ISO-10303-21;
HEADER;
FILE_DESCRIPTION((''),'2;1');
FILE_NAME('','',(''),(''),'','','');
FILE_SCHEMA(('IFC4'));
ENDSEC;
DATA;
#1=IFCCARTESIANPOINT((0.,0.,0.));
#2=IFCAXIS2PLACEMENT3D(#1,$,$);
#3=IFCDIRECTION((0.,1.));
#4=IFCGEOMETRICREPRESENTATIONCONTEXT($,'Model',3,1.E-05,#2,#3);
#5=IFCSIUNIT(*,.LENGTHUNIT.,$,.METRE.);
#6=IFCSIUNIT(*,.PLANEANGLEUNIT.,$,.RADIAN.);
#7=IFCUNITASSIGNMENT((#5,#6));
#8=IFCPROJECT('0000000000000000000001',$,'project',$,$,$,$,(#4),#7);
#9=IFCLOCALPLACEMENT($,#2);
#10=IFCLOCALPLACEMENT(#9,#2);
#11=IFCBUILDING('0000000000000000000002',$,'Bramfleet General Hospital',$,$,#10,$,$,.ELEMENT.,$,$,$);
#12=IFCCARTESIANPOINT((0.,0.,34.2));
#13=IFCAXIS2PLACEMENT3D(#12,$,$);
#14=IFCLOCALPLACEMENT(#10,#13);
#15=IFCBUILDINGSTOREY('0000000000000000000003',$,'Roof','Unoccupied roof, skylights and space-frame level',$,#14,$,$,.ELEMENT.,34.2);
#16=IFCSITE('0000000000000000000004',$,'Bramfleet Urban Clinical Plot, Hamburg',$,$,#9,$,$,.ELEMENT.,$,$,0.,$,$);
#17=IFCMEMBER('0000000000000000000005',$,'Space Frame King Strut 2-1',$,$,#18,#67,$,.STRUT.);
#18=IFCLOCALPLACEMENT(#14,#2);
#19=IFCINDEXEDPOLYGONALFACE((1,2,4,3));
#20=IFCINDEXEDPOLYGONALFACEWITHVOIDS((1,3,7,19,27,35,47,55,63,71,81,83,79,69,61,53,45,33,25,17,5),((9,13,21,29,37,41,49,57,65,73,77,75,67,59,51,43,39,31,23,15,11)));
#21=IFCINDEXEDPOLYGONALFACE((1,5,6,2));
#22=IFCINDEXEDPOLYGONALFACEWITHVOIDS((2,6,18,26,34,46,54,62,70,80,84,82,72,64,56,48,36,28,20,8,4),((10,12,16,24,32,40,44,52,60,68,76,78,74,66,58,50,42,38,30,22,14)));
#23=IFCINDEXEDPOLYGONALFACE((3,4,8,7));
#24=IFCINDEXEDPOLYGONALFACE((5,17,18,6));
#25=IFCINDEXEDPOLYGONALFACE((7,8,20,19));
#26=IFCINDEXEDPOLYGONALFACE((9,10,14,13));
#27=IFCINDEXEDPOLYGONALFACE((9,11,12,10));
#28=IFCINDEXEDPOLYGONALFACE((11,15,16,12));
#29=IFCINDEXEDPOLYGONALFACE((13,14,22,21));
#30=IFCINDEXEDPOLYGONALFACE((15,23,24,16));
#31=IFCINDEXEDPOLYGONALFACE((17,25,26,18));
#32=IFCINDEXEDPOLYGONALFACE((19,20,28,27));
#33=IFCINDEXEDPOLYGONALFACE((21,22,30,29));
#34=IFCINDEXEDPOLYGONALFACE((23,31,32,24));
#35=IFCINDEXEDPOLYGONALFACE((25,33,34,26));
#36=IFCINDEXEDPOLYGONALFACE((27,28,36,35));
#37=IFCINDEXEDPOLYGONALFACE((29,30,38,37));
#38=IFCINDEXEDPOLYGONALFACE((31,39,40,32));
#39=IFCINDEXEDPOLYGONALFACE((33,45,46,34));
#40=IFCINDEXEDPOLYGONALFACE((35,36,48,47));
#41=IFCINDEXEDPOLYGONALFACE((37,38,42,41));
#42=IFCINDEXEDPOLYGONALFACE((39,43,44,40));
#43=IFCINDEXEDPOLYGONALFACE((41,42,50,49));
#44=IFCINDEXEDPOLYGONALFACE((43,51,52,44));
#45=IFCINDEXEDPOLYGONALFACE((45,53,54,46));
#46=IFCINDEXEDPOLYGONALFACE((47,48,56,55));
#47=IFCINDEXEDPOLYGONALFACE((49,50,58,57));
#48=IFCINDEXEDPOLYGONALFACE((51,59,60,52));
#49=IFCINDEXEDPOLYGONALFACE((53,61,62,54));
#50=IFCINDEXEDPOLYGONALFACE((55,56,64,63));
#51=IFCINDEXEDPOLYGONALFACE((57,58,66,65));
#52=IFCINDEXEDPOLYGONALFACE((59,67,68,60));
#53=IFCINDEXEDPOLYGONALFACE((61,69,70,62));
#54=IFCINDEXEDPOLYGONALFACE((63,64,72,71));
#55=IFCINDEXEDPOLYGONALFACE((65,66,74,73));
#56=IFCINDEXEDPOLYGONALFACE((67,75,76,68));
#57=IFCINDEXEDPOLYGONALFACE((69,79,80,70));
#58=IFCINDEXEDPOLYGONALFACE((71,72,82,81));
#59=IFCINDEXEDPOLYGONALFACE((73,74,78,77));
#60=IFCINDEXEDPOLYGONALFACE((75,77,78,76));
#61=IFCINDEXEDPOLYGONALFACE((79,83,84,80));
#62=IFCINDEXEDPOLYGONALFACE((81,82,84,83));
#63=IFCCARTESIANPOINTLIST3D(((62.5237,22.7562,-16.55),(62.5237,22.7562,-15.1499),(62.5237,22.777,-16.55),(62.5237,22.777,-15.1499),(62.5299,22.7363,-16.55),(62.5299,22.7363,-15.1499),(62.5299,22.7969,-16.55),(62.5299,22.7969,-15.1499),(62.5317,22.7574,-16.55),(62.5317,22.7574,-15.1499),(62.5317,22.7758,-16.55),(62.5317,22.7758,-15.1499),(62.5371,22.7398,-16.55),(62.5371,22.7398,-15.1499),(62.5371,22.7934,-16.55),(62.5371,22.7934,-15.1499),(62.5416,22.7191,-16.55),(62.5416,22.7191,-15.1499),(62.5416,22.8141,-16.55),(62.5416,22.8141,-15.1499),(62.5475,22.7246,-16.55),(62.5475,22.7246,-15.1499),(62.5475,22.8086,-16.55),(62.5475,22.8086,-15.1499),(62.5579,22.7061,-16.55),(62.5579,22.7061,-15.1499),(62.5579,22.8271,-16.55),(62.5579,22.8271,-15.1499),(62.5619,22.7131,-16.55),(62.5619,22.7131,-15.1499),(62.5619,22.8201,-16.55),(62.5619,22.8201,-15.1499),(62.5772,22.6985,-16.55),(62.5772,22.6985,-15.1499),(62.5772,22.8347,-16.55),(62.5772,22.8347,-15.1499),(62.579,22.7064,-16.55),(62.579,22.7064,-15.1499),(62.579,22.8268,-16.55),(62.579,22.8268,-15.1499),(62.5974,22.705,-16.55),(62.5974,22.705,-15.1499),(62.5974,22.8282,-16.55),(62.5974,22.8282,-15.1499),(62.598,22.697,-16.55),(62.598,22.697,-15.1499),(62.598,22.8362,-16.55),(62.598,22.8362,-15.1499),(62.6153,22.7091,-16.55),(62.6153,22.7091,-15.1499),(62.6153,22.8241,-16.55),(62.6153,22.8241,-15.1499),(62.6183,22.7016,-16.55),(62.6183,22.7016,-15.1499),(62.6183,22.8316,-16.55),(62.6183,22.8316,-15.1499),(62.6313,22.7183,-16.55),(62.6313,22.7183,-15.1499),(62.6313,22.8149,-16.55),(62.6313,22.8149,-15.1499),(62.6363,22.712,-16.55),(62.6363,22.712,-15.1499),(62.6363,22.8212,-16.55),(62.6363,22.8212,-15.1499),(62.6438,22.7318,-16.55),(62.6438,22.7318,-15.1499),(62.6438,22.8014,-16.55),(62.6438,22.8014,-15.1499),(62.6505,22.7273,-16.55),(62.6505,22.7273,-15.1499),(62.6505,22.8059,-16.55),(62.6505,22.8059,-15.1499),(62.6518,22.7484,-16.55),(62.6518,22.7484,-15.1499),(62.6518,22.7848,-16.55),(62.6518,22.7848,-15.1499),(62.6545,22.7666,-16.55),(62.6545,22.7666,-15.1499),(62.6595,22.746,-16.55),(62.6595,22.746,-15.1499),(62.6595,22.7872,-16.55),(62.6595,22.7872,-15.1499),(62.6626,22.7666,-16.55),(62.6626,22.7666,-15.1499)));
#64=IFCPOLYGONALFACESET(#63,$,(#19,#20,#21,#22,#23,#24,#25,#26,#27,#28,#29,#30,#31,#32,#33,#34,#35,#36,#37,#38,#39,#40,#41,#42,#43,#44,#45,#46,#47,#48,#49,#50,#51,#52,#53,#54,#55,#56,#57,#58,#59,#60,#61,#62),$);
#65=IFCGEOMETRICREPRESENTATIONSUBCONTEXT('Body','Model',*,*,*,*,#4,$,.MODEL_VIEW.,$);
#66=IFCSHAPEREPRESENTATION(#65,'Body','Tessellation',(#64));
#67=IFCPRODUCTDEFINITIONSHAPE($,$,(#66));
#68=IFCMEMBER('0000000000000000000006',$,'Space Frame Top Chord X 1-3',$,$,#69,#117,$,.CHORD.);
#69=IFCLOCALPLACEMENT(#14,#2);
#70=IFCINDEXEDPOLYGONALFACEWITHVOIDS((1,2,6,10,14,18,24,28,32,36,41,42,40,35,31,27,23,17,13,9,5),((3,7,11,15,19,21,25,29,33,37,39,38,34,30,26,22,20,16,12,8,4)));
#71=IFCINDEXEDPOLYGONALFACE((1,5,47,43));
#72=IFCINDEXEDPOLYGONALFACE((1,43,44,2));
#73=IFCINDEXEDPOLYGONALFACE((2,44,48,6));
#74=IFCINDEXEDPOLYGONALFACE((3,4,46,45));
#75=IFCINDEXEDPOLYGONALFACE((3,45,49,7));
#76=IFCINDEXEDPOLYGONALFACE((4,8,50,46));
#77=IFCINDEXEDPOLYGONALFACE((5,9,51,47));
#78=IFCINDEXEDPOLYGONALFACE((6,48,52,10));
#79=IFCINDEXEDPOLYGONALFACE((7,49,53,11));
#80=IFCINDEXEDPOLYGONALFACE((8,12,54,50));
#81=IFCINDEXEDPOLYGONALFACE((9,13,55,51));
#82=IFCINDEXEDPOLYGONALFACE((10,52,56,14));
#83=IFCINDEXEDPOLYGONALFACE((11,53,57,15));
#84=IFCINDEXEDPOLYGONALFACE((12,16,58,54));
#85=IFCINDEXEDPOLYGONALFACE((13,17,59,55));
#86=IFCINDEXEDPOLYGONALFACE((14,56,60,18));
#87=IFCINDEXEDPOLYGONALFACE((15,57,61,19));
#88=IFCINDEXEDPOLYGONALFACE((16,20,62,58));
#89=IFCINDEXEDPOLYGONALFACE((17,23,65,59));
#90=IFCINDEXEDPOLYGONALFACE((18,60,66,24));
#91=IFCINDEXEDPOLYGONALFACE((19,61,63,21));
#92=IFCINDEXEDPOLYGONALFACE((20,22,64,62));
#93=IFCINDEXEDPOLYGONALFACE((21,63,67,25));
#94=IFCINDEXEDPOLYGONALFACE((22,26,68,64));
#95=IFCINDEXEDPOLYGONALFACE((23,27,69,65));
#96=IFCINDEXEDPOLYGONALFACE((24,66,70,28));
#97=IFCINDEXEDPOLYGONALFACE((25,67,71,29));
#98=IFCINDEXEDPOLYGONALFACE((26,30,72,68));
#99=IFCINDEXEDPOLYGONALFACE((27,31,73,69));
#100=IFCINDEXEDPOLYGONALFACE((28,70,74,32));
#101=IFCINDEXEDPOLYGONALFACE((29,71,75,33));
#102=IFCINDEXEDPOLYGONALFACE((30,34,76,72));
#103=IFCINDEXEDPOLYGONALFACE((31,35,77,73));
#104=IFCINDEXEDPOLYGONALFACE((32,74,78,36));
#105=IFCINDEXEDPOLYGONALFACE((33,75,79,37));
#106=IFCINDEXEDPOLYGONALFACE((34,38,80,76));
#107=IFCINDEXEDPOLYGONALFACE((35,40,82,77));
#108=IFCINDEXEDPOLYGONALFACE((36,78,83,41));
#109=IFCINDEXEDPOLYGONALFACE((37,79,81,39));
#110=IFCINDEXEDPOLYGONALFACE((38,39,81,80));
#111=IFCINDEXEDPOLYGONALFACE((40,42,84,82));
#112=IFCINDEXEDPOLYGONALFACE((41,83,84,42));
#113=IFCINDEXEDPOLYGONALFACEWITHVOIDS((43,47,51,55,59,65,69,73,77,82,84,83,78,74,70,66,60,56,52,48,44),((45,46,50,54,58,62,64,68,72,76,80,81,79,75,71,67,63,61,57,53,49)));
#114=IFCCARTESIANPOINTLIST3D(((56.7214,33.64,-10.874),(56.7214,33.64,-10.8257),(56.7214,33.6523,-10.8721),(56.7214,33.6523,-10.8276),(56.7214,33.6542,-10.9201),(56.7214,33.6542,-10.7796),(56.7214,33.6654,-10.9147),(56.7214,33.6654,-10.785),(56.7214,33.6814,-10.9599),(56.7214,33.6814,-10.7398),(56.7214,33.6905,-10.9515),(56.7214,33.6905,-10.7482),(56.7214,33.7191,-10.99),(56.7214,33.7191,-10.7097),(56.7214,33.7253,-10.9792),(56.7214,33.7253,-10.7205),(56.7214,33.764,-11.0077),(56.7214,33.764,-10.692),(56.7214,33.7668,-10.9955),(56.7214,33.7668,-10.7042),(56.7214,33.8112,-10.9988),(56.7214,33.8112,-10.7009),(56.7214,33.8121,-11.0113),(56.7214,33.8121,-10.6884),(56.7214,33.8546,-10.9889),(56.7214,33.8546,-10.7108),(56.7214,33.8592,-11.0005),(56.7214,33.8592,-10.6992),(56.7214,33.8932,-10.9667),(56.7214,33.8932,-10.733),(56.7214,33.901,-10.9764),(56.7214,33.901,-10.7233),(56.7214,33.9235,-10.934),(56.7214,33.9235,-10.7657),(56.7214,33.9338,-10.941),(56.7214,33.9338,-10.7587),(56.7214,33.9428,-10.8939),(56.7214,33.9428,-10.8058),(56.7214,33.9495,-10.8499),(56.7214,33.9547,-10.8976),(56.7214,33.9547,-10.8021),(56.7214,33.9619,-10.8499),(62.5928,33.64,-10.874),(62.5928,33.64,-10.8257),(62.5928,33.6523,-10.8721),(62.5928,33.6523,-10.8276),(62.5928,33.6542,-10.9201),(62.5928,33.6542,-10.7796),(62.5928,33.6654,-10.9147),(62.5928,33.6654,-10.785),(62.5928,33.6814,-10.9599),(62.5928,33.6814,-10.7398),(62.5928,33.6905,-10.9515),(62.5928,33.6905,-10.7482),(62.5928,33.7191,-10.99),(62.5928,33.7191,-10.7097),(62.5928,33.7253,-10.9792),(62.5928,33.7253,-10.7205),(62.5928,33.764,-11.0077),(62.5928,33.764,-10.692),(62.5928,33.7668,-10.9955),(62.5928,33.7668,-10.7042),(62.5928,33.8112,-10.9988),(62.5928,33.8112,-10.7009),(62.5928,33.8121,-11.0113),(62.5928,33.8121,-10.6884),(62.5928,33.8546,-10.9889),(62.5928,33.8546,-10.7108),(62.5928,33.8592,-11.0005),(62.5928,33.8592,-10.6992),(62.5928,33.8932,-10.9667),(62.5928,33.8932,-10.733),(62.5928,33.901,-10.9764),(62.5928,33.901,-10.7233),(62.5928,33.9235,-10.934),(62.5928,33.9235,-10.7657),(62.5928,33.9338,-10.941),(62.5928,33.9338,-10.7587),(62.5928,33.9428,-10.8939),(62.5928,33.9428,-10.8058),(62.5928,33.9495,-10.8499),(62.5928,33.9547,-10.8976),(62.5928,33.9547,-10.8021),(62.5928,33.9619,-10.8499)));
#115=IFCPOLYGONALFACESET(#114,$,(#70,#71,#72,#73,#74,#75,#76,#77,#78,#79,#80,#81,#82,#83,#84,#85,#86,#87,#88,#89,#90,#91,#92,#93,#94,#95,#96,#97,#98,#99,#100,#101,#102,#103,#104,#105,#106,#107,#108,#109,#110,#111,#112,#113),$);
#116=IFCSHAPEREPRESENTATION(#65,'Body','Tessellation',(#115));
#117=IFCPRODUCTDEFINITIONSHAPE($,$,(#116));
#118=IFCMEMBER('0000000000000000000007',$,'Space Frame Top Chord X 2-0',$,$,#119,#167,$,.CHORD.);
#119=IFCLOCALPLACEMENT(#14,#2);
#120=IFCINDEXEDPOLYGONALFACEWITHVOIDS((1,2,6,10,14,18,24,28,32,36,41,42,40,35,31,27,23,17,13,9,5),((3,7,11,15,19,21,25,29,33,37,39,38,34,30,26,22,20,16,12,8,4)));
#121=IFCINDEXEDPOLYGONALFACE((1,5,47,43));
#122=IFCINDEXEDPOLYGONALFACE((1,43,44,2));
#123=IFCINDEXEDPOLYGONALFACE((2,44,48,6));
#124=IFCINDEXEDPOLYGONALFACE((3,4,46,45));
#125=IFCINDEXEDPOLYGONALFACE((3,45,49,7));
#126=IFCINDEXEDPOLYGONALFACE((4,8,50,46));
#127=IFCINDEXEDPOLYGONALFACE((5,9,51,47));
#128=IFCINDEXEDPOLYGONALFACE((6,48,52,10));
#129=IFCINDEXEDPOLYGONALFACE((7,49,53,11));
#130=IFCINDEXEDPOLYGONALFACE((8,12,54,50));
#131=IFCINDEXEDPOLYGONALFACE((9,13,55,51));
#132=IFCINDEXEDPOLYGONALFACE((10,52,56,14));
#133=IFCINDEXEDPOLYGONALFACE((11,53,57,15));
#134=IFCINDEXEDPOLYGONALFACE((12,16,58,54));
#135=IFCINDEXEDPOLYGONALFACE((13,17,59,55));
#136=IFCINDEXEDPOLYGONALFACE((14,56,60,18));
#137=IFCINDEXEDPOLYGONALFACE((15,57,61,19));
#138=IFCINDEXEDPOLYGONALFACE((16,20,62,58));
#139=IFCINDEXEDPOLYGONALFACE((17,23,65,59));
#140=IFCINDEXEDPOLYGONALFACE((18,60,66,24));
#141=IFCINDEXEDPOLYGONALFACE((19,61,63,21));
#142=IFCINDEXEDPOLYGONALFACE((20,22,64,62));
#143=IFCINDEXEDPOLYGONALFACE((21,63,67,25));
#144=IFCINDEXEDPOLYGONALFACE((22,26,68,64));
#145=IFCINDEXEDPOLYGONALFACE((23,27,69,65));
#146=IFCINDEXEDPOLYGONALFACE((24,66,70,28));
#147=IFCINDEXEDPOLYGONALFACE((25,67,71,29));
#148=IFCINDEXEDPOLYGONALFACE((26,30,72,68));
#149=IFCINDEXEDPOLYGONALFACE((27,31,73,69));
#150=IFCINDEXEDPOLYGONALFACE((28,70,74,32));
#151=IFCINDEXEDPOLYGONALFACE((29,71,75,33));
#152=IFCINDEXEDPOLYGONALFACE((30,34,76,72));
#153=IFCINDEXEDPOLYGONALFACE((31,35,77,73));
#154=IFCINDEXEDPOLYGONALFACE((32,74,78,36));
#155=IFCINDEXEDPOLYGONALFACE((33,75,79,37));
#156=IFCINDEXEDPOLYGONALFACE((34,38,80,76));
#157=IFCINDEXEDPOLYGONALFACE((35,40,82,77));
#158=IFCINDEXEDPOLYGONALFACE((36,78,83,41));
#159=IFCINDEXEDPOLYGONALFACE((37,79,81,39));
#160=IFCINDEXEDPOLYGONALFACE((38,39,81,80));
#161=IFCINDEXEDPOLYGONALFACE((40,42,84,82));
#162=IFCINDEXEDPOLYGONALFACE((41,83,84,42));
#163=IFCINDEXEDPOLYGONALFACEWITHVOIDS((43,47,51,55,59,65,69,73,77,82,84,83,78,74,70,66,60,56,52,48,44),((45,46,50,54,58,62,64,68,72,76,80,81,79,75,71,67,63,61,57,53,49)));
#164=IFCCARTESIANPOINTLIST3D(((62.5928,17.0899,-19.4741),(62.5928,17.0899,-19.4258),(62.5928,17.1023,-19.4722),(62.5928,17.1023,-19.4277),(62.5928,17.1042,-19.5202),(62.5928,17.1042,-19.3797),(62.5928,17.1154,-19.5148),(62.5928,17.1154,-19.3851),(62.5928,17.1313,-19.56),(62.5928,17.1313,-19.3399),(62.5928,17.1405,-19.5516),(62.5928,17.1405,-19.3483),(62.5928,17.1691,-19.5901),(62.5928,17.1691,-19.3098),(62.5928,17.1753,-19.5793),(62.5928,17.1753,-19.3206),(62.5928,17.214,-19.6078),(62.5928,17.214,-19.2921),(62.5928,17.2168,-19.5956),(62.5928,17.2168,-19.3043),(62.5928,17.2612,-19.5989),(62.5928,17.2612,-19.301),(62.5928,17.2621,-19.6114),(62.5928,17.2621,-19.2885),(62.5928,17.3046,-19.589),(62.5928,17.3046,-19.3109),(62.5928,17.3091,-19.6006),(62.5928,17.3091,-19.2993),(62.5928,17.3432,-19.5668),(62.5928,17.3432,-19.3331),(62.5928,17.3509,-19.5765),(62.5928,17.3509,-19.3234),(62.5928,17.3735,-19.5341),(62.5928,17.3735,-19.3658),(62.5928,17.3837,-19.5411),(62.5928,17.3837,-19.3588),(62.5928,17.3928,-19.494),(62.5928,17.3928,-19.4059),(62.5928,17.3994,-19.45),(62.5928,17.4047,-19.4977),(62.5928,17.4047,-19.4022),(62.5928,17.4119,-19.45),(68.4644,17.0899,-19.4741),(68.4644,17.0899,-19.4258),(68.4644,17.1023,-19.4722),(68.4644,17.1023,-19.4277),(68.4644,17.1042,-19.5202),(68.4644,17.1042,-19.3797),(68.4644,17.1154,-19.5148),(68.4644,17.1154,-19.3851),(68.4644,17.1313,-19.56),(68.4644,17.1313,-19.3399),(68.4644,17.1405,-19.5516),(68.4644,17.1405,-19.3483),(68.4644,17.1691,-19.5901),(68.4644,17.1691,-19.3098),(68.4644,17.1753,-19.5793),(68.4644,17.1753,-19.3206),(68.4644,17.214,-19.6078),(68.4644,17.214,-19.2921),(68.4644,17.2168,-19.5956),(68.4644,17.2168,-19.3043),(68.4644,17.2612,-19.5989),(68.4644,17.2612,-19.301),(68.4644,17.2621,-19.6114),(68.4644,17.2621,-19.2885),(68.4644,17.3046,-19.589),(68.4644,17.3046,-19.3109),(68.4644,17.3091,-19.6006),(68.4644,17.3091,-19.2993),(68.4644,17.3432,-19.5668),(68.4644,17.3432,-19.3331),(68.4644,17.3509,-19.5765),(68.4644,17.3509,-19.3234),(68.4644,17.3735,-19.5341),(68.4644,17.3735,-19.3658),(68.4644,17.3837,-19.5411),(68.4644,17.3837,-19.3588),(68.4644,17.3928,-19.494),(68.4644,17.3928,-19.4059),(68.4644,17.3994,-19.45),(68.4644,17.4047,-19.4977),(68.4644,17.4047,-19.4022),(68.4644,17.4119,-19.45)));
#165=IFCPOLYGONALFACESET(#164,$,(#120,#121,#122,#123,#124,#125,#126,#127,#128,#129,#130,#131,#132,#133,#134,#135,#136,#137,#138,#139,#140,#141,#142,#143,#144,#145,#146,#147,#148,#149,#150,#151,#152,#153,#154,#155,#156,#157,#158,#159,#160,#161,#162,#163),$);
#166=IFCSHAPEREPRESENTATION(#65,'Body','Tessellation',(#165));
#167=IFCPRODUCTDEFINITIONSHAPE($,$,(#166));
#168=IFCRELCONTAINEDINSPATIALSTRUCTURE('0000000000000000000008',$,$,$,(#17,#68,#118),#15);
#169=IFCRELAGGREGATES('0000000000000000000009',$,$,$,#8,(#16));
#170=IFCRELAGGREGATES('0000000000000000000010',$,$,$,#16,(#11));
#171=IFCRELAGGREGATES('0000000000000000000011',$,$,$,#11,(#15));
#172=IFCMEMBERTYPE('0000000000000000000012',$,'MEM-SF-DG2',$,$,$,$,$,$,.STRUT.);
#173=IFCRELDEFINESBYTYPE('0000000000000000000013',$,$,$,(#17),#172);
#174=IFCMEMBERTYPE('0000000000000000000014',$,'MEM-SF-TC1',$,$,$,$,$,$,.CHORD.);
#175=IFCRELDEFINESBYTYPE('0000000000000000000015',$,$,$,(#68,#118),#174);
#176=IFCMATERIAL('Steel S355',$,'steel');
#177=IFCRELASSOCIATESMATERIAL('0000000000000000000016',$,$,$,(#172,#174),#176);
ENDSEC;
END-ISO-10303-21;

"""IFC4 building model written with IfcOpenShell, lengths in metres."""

from ifc_helpers import new_model, si_unit, direction, frame, origin, origin_2d, place, context, subcontext, project, spatial, hollow_circle, extrude, material, material_profile, profile_set, type_object, element, save


model = new_model("IFC4")

# Units and contexts
model_context = context("Model", 3, precision=1e-05, world=origin(), true_north=direction((0.0, 1.0)))
body_context = subcontext(model_context, "Body", "Model", "MODEL_VIEW")
ifc_project = project(units=[si_unit("LENGTHUNIT", "METRE"), si_unit("PLANEANGLEUNIT", "RADIAN")], contexts=[model_context])

# Site, building, storey
site_placement = place(None, origin())
site = spatial("IfcSite", under=ifc_project, at=site_placement, Name="Bramfleet Urban Clinical Plot, Hamburg", CompositionType="ELEMENT", RefElevation=0.0)
building_placement = place(site_placement, origin())
building = spatial("IfcBuilding", under=site, at=building_placement, Name="Bramfleet General Hospital", CompositionType="ELEMENT")
storey_placement = place(building_placement, frame((0.0, 0.0, 34.2)))
storey = spatial("IfcBuildingStorey", under=building, at=storey_placement, Name="Roof", Description="Unoccupied roof, skylights and space-frame level", CompositionType="ELEMENT", Elevation=34.2)

# Members
ifc_material = material(Name="Steel S355", Category="steel")
ifc_material_profile_1 = material_profile(ifc_material, hollow_circle(Radius=0.0698, WallThickness=0.0081, at=origin_2d()), Name="CHS 139.7x8.0")
ifc_profile_set_1 = profile_set([ifc_material_profile_1], Name="Steel S355")
member_type_1 = type_object("IfcMemberType", Name="MEM-SF-DG2", PredefinedType="STRUT", material=ifc_profile_set_1)
for number, where, z_axis, x_axis, name in (
    (1, (62.5928, 22.7666, -16.55), (0.0, 0.0, 1.0), (1.0, 0.0, 0.0), "Space Frame King Strut 2-1"),
):
    element("IfcMember", number, at=place(storey_placement, frame(where, z_axis=z_axis, x_axis=x_axis)), inside=storey, type_object=member_type_1, Name=name, PredefinedType="STRUT", context=body_context, shape_type="SweptSolid", body=[
        extrude(hollow_circle(Radius=0.0698, WallThickness=0.0081, at=origin_2d()), origin(), (0.0, 0.0, 1.0), 1.4001),
    ])
ifc_material_profile_2 = material_profile(ifc_material, hollow_circle(Radius=0.1619, WallThickness=0.0125, at=origin_2d()), Name="CHS 323.9x12.5")
ifc_profile_set_2 = profile_set([ifc_material_profile_2], Name="Steel S355")
member_type_2 = type_object("IfcMemberType", Name="MEM-SF-TC1", PredefinedType="CHORD", material=ifc_profile_set_2)
member_1_placement = place(storey_placement, frame((56.7214, 33.8, -10.8499), z_axis=(1.0, 0.0, 0.0), x_axis=(0.0, 1.0, 0.0)))
element("IfcMember", 2, at=member_1_placement, inside=storey, type_object=member_type_2, Name="Space Frame Top Chord X 1-3", PredefinedType="CHORD", context=body_context, shape_type="SweptSolid", body=[
    extrude(hollow_circle(Radius=0.1619, WallThickness=0.0125, at=origin_2d()), origin(), (0.0, 0.0, 1.0), 5.8713),
])
member_2_placement = place(storey_placement, frame((62.5928, 17.25, -19.45), z_axis=(1.0, 0.0, 0.0), x_axis=(0.0, 1.0, 0.0)))
element("IfcMember", 3, at=member_2_placement, inside=storey, type_object=member_type_2, Name="Space Frame Top Chord X 2-0", PredefinedType="CHORD", context=body_context, shape_type="SweptSolid", body=[
    extrude(hollow_circle(Radius=0.1619, WallThickness=0.0125, at=origin_2d()), origin(), (0.0, 0.0, 1.0), 5.8716),
])

save(model, "model.ifc")
